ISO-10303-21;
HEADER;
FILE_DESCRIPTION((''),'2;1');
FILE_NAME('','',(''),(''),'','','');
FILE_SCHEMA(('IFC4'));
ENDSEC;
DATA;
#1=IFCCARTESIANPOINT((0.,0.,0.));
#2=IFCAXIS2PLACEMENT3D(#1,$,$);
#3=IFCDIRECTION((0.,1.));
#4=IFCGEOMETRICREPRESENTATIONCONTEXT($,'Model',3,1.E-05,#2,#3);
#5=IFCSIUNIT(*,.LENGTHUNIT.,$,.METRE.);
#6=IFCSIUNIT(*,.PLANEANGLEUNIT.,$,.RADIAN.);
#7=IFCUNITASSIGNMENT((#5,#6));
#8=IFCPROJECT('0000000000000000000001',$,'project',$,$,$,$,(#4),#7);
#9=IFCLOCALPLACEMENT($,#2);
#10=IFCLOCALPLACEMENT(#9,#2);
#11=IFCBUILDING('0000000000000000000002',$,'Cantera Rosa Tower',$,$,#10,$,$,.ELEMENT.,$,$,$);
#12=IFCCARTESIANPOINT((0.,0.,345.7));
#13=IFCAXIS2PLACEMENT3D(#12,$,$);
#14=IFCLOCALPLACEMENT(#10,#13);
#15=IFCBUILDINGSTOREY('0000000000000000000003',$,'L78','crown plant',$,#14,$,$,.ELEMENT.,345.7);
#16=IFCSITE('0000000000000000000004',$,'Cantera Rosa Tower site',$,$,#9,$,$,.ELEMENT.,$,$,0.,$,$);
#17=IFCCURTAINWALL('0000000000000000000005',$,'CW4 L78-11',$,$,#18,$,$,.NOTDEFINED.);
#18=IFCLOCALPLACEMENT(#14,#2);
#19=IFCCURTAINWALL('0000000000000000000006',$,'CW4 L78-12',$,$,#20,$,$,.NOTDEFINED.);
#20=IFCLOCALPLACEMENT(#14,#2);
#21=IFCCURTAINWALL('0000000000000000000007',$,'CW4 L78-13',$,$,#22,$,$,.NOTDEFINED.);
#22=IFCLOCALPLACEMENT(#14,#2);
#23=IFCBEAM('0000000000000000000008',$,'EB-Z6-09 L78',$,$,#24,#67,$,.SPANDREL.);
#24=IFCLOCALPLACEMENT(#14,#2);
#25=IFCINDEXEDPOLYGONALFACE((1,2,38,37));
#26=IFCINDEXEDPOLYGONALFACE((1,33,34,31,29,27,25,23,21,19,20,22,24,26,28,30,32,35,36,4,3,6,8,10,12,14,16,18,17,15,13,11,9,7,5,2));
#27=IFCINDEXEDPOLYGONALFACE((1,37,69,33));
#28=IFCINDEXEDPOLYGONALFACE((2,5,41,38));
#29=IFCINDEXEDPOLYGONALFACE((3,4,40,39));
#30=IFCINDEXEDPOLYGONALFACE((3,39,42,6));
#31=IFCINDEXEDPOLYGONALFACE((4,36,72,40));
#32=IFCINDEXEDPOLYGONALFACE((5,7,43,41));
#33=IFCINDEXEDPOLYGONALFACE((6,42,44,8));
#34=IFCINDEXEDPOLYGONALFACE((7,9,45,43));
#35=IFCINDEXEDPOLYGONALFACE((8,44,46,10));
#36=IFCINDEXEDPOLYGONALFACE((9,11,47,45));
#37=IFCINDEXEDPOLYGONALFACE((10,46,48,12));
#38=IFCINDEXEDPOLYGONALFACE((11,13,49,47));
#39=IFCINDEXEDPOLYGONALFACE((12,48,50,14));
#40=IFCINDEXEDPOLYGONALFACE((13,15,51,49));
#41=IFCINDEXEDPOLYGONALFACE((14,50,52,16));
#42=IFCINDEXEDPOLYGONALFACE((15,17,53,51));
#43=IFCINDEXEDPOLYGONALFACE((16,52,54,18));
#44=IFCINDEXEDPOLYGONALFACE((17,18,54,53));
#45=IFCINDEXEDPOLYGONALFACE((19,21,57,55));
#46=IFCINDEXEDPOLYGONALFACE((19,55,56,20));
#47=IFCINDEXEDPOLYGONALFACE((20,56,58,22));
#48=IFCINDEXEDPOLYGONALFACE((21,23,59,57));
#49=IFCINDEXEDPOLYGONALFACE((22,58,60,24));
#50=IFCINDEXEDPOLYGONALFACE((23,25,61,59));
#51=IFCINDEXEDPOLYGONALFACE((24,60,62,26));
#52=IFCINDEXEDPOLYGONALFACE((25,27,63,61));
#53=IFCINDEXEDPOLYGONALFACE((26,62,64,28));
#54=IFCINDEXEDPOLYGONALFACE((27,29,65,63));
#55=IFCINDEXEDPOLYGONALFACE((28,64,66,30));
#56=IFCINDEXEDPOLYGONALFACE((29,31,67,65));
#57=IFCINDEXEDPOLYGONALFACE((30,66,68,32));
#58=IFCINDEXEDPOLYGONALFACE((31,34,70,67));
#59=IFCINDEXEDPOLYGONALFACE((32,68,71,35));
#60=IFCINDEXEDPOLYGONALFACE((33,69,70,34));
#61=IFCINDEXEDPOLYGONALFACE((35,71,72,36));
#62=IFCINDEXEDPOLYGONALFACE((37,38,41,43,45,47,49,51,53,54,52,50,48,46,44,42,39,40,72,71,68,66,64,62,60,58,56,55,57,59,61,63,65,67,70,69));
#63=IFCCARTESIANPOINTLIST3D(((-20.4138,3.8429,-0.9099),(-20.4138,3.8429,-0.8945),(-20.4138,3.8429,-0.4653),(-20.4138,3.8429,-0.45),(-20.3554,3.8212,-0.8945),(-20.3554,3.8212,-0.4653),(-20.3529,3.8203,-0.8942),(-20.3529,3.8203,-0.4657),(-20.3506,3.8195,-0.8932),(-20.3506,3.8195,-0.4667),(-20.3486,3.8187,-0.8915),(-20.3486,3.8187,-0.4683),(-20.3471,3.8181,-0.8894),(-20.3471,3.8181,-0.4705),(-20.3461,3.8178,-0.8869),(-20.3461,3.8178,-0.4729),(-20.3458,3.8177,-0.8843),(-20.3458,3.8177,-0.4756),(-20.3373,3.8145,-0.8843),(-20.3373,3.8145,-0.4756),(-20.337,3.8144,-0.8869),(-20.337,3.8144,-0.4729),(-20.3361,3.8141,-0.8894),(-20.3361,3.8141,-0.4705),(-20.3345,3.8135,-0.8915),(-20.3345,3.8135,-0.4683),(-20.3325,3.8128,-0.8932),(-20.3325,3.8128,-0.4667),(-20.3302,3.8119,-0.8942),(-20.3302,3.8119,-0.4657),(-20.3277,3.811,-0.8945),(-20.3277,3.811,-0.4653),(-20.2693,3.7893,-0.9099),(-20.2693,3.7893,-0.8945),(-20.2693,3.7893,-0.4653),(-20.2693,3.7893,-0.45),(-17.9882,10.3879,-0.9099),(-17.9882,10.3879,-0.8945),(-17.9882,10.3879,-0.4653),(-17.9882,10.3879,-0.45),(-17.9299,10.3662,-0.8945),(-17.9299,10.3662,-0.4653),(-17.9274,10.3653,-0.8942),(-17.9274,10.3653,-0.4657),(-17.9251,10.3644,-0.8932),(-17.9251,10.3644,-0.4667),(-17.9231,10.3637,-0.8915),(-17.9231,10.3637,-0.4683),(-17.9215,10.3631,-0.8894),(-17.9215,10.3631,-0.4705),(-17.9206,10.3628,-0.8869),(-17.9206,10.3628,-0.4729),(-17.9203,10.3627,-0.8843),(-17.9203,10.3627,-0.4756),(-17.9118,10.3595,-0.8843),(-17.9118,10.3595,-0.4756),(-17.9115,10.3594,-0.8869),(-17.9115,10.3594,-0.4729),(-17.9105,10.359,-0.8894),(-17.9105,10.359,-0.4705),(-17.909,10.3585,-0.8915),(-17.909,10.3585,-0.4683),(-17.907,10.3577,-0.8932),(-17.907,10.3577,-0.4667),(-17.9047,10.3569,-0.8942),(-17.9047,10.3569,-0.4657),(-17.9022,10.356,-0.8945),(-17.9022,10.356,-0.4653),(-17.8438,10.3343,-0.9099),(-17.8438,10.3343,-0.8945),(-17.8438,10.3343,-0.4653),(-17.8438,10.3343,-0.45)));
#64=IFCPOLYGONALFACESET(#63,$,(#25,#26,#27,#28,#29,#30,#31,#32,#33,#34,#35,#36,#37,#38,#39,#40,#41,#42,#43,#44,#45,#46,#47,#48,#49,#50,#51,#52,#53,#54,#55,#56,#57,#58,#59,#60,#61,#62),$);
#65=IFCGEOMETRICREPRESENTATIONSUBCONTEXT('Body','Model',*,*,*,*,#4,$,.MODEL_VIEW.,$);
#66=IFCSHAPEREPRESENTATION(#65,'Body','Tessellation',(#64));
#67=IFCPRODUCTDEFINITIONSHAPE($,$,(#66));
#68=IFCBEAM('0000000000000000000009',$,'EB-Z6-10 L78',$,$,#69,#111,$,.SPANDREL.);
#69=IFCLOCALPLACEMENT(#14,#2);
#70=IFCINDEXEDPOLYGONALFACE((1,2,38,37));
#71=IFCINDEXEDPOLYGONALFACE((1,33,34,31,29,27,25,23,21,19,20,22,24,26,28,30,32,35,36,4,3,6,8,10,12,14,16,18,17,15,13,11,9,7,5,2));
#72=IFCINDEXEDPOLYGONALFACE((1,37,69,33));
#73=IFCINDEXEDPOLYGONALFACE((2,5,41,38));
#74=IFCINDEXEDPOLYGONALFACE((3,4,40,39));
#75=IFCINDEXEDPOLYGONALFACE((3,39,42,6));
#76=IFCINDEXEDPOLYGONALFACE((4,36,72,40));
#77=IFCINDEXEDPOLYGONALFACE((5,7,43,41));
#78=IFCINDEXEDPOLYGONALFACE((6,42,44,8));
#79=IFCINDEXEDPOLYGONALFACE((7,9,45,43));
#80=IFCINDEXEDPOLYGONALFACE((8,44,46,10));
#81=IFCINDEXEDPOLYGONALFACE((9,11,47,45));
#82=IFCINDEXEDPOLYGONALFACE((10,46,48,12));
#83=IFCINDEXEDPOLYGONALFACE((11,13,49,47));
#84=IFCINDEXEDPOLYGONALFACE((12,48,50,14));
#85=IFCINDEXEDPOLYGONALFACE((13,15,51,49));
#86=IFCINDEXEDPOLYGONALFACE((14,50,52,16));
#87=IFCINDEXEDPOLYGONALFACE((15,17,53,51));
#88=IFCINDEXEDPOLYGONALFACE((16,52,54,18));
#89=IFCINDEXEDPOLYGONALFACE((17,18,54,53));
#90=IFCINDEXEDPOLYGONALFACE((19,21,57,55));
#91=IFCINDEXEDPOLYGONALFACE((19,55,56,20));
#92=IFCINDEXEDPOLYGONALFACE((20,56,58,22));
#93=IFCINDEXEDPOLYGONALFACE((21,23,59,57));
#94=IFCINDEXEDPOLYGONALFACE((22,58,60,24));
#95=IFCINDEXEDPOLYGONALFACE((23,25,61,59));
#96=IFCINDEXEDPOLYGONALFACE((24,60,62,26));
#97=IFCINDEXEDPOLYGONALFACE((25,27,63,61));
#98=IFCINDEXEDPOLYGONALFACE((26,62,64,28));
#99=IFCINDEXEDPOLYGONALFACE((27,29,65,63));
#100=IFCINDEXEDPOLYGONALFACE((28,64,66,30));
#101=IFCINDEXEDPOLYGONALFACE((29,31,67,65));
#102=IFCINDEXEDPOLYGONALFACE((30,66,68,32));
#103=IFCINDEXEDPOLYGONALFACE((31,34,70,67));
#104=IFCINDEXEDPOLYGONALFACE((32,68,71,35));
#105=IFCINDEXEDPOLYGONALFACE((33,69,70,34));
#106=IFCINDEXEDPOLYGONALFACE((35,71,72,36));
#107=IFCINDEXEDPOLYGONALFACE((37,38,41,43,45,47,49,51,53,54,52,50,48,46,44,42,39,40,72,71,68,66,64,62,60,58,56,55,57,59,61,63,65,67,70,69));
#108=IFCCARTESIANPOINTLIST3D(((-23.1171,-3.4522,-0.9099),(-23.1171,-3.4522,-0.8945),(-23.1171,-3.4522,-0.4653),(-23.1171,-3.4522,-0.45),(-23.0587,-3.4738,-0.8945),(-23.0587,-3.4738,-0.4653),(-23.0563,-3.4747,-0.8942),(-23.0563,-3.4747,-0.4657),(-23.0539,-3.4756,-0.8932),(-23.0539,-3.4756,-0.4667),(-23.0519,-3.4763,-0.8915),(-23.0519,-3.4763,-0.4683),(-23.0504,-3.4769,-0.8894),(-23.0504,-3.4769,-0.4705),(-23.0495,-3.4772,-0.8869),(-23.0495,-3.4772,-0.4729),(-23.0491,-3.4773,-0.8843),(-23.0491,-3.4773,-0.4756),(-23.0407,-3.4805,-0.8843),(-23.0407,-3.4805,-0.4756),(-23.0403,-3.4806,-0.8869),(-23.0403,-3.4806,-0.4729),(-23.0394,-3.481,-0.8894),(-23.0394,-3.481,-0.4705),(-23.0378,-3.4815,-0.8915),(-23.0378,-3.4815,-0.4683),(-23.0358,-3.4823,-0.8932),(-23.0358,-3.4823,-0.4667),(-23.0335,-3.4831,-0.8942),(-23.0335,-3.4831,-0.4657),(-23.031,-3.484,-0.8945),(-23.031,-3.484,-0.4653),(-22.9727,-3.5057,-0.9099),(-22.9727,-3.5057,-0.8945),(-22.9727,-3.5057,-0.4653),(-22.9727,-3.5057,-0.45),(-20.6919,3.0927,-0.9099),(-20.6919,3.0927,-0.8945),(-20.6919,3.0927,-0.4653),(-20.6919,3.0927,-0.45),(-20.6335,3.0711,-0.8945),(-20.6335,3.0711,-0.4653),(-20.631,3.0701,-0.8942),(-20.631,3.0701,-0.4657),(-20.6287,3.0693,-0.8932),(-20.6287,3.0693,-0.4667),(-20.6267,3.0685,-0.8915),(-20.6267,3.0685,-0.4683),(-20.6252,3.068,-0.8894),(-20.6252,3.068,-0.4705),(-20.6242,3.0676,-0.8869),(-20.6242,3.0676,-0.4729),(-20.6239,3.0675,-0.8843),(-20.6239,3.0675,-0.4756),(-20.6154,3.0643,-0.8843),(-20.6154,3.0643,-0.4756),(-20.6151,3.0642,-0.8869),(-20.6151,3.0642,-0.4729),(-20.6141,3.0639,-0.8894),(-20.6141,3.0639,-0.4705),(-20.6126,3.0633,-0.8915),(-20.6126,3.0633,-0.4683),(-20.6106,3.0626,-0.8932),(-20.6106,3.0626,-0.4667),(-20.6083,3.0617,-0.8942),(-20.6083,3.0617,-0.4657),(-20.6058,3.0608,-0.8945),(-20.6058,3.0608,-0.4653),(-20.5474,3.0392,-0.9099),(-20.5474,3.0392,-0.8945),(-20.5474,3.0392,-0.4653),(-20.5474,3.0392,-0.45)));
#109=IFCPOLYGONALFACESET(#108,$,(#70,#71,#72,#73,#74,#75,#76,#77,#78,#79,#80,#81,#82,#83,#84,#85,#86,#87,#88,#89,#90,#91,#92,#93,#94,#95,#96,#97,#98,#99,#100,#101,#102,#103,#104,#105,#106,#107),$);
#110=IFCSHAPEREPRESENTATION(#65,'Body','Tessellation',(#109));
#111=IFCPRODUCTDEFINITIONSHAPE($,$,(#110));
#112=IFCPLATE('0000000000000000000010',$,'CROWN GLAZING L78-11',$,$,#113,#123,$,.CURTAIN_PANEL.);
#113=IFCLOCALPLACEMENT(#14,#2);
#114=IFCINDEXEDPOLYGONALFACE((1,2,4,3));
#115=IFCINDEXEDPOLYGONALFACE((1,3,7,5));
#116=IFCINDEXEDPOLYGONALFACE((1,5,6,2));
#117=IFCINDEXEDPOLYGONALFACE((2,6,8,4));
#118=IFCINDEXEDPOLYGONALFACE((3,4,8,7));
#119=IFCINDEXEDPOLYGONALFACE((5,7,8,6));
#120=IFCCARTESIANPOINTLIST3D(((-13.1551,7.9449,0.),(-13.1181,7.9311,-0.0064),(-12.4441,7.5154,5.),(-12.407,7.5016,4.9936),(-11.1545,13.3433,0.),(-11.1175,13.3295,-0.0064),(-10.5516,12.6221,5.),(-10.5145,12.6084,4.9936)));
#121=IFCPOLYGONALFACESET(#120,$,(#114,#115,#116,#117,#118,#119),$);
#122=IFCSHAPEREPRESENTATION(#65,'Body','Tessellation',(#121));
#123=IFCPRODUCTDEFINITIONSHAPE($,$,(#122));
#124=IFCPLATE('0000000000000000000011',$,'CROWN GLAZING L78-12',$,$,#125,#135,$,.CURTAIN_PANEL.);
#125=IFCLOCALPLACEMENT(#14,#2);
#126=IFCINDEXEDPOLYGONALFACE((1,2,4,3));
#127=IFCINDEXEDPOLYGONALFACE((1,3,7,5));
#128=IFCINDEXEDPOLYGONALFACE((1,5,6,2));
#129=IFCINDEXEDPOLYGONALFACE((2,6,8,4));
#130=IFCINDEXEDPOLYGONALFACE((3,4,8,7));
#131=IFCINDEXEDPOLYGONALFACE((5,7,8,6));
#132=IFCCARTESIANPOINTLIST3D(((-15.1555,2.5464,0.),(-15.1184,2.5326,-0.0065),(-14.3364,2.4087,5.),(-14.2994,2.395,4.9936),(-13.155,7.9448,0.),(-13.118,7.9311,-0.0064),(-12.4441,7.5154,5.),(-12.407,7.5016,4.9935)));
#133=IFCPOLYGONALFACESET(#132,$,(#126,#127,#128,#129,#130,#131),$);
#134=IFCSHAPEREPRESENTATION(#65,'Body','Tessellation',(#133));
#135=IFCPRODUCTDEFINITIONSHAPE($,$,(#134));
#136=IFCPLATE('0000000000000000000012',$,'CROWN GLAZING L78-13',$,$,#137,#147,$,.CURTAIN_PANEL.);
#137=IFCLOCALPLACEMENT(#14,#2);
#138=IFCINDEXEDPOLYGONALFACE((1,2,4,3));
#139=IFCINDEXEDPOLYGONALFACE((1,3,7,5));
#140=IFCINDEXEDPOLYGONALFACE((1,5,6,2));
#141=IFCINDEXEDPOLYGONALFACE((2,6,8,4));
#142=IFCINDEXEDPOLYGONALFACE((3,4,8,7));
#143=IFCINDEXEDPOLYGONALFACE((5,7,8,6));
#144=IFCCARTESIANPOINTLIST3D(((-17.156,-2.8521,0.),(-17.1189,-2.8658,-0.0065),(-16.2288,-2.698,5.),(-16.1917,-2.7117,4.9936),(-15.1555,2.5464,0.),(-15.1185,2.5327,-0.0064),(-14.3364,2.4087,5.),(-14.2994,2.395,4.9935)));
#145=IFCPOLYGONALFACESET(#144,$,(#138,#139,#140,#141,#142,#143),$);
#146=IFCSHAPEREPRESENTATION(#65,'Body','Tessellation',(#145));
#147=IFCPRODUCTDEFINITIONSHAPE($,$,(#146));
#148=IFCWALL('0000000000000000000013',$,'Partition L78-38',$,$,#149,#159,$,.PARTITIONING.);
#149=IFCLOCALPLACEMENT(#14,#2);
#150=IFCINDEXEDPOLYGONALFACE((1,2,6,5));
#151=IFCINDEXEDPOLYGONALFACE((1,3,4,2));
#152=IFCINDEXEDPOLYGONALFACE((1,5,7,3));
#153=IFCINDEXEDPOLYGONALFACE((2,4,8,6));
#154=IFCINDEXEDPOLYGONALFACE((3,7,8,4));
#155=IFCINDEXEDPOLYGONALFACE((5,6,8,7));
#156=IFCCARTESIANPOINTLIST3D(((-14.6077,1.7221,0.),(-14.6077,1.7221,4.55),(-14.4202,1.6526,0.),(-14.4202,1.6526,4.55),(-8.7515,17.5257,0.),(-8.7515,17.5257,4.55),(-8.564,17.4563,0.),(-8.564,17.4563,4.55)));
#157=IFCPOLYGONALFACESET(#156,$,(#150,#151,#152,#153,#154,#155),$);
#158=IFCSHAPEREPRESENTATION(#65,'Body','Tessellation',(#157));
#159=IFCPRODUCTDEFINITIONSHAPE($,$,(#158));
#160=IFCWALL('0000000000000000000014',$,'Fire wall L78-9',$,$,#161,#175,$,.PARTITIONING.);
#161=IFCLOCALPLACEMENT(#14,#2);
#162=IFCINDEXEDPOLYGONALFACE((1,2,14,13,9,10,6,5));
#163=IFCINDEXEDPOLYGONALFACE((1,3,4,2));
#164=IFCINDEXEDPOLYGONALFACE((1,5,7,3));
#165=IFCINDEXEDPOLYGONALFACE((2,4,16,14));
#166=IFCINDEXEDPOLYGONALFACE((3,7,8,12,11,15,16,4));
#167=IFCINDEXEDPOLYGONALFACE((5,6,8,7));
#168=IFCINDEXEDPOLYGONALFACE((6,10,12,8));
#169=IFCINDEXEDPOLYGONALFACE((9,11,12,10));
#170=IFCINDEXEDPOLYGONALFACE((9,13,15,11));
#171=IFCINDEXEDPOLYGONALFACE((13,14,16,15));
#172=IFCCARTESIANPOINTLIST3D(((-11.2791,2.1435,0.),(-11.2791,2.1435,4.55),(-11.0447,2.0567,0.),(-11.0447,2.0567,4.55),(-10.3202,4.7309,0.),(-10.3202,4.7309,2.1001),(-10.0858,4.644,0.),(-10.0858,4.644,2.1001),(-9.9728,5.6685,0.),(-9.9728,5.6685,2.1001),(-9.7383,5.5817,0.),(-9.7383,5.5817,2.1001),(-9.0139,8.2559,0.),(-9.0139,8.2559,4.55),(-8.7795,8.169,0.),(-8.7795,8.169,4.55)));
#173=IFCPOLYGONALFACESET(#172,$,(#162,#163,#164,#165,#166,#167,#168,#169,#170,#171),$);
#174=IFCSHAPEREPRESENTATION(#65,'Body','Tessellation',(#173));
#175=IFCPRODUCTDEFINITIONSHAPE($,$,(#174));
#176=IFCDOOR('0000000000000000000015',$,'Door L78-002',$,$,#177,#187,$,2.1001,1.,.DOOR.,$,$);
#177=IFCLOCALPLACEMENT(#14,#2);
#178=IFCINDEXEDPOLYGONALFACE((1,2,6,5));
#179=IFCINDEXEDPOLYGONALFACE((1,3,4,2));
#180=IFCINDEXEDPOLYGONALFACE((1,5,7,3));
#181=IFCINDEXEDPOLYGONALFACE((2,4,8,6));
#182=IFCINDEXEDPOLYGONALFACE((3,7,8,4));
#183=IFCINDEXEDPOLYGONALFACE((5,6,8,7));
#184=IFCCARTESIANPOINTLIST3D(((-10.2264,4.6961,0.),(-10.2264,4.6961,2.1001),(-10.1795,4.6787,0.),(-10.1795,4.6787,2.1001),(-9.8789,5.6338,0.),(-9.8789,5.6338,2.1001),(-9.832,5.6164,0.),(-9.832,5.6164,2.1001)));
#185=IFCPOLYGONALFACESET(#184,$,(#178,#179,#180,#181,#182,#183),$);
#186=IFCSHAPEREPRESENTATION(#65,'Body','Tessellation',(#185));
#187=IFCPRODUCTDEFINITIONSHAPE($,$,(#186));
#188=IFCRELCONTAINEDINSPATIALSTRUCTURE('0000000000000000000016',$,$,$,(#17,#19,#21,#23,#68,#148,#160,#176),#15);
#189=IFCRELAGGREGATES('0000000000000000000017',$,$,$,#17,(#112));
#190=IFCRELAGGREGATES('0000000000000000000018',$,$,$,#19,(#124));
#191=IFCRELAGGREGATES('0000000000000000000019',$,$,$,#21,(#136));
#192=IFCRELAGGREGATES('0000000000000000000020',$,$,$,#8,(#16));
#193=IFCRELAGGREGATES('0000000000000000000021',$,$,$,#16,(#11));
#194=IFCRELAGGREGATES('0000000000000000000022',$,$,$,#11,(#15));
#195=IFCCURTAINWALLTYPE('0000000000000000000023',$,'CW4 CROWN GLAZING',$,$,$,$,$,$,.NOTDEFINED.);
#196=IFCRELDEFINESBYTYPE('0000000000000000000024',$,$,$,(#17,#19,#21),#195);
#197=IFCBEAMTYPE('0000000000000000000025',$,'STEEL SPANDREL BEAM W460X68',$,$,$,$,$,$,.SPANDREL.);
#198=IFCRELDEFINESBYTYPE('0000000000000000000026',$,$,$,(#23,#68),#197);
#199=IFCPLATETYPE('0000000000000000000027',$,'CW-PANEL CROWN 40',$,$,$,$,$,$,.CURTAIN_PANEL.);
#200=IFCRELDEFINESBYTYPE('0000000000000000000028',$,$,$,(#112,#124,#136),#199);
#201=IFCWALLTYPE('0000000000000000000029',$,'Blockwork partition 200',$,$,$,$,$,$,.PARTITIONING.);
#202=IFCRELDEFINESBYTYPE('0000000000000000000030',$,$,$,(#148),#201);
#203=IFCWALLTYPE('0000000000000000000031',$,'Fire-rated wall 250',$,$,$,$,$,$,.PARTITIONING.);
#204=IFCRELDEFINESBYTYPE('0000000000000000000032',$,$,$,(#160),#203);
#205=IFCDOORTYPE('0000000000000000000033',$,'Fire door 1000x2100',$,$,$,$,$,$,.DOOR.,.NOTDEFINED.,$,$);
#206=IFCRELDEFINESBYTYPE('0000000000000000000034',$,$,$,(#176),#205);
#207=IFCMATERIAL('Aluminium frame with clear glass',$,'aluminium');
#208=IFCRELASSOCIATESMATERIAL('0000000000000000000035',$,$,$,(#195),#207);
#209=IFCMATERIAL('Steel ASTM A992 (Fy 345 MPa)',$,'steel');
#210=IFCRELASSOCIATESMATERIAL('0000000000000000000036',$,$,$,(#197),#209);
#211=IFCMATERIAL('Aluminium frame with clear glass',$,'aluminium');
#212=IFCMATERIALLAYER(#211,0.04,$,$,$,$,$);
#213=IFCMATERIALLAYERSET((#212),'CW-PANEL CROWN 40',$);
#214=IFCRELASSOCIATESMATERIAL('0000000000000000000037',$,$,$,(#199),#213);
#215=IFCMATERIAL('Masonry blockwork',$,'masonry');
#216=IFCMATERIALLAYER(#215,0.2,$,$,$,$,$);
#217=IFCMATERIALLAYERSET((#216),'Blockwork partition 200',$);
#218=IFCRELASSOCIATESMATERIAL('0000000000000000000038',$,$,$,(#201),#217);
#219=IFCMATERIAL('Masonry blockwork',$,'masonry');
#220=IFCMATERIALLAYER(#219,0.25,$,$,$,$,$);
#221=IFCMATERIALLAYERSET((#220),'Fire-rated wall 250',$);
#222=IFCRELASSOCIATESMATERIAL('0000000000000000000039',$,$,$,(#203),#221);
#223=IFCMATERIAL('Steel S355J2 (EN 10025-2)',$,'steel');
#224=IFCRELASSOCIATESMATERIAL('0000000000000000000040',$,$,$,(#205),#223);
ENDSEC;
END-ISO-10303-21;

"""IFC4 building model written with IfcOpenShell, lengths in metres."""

from ifc_helpers import new_model, si_unit, direction, frame, frame_2d, origin, origin_2d, place, context, subcontext, project, spatial, polyline, rectangle, i_section, outline, extrude, material, layer, layer_set, material_profile, profile_set, type_object, element, fill, aggregate, save


model = new_model("IFC4")

# Units and contexts
model_context = context("Model", 3, precision=1e-05, world=origin(), true_north=direction((0.0, 1.0)))
body_context = subcontext(model_context, "Body", "Model", "MODEL_VIEW")
ifc_project = project(units=[si_unit("LENGTHUNIT", "METRE"), si_unit("PLANEANGLEUNIT", "RADIAN")], contexts=[model_context])

# Site, building, storey
site_placement = place(None, origin())
site = spatial("IfcSite", under=ifc_project, at=site_placement, Name="Cantera Rosa Tower site", CompositionType="ELEMENT", RefElevation=0.0)
building_placement = place(site_placement, origin())
building = spatial("IfcBuilding", under=site, at=building_placement, Name="Cantera Rosa Tower", CompositionType="ELEMENT")
storey_placement = place(building_placement, frame((0.0, 0.0, 345.7)))
storey = spatial("IfcBuildingStorey", under=building, at=storey_placement, Name="L78", Description="crown plant", CompositionType="ELEMENT", Elevation=345.7)

# Curtain walls
ifc_material_1 = material(Name="Aluminium frame with clear glass", Category="aluminium")
curtain_wall_type = type_object("IfcCurtainWallType", Name="CW4 CROWN GLAZING", PredefinedType="NOTDEFINED", material=ifc_material_1)
curtain_wall_1_placement = place(storey_placement, origin())
curtain_wall_1 = element("IfcCurtainWall", 1, at=curtain_wall_1_placement, inside=storey, type_object=curtain_wall_type, Name="CW4 L78-11", PredefinedType="NOTDEFINED")
curtain_wall_2_placement = place(storey_placement, origin())
curtain_wall_2 = element("IfcCurtainWall", 2, at=curtain_wall_2_placement, inside=storey, type_object=curtain_wall_type, Name="CW4 L78-12", PredefinedType="NOTDEFINED")
curtain_wall_3_placement = place(storey_placement, origin())
curtain_wall_3 = element("IfcCurtainWall", 3, at=curtain_wall_3_placement, inside=storey, type_object=curtain_wall_type, Name="CW4 L78-13", PredefinedType="NOTDEFINED")

# Beams
ifc_material_2 = material(Name="Steel ASTM A992 (Fy 345 MPa)", Category="steel")
ifc_material_profile_1 = material_profile(ifc_material_2, i_section(OverallWidth=0.1541, OverallDepth=0.46, WebThickness=0.009, FlangeThickness=0.0154, FilletRadius=0.0103, at=origin_2d()), Name="W460X68")
ifc_profile_set_1 = profile_set([ifc_material_profile_1], Name="Steel ASTM A992 (Fy 345 MPa)")
beam_type_1 = type_object("IfcBeamType", Name="STEEL SPANDREL BEAM W460X68", PredefinedType="SPANDREL", material=ifc_profile_set_1)
beam_1_placement = place(storey_placement, frame((-17.916, 10.3611, -0.6799), z_axis=(-0.347502, -0.937679, 0.0), x_axis=(0.937679, -0.347502, 0.0)))
element("IfcBeam", 4, at=beam_1_placement, inside=storey, type_object=beam_type_1, Name="EB-Z6-09 L78", PredefinedType="SPANDREL", context=body_context, shape_type="SweptSolid", body=[
    extrude(i_section(OverallWidth=0.1541, OverallDepth=0.46, WebThickness=0.009, FlangeThickness=0.0154, FilletRadius=0.0103, at=origin_2d()), origin(), (0.0, 0.0, 1.0), 6.98),
])
beam_2_placement = place(storey_placement, frame((-20.6196, 3.0659, -0.6799), z_axis=(-0.347472, -0.937691, 0.0), x_axis=(0.937691, -0.347472, 0.0)))
element("IfcBeam", 5, at=beam_2_placement, inside=storey, type_object=beam_type_1, Name="EB-Z6-10 L78", PredefinedType="SPANDREL", context=body_context, shape_type="SweptSolid", body=[
    extrude(i_section(OverallWidth=0.1541, OverallDepth=0.46, WebThickness=0.009, FlangeThickness=0.0154, FilletRadius=0.0103, at=origin_2d()), origin(), (0.0, 0.0, 1.0), 6.9797),
])

# Plates
ifc_material_3 = material(Name="Aluminium frame with clear glass", Category="aluminium")
ifc_layer_1 = layer(ifc_material_3, 0.04)
ifc_layer_set_1 = layer_set([ifc_layer_1], Name="CW-PANEL CROWN 40")
plate_type = type_object("IfcPlateType", Name="CW-PANEL CROWN 40", PredefinedType="CURTAIN_PANEL", material=ifc_layer_set_1)
plate_1_placement = place(storey_placement, frame((-11.1545, 13.3433, 0.0), z_axis=(-0.92544, 0.342956, 0.161061), x_axis=(-0.347493, -0.937683, 0.000003)))
plate_1 = element("IfcPlate", 6, at=plate_1_placement, type_object=plate_type, Name="CROWN GLAZING L78-11", PredefinedType="CURTAIN_PANEL", context=body_context, shape_type="SweptSolid", body=[
    extrude(outline(polyline([(0.0, 0.0), (5.7572, 0.0), (5.9128, 5.0661), (0.4667, 5.0662), (0.0, 0.0)])), origin(), (0.0, 0.0, -1.0), 0.04),
])
plate_2_placement = place(storey_placement, frame((-13.155, 7.9448, 0.0), z_axis=(-0.92545, 0.342938, 0.161046), x_axis=(-0.347474, -0.93769, -0.000001)))
plate_2 = element("IfcPlate", 7, at=plate_2_placement, type_object=plate_type, Name="CROWN GLAZING L78-12", PredefinedType="CURTAIN_PANEL", context=body_context, shape_type="SweptSolid", body=[
    extrude(outline(polyline([(0.0, 0.0), (5.7572, 0.0), (5.6017, 5.0661), (0.1556, 5.0661), (0.0, 0.0)])), origin(), (0.0, 0.0, -1.0), 0.04),
])
plate_3_placement = place(storey_placement, frame((-15.1555, 2.5464, 0.0), z_axis=(-0.925449, 0.342938, 0.161054), x_axis=(-0.347474, -0.93769, -0.000001)))
plate_3 = element("IfcPlate", 8, at=plate_3_placement, type_object=plate_type, Name="CROWN GLAZING L78-13", PredefinedType="CURTAIN_PANEL", context=body_context, shape_type="SweptSolid", body=[
    extrude(outline(polyline([(0.0, 0.0), (5.7572, 0.0), (5.2905, 5.0661), (-0.1555, 5.0661), (0.0, 0.0)])), origin(), (0.0, 0.0, -1.0), 0.04),
])

# Wall
ifc_material_4 = material(Name="Masonry blockwork", Category="masonry")
ifc_layer_2 = layer(ifc_material_4, 0.2)
ifc_layer_set_2 = layer_set([ifc_layer_2], Name="Blockwork partition 200")
wall_type_1 = type_object("IfcWallType", Name="Blockwork partition 200", PredefinedType="PARTITIONING", material=ifc_layer_set_2)
wall_1_placement = place(storey_placement, frame((-14.5139, 1.6875, 0.0), z_axis=(0.0, 0.0, 1.0), x_axis=(0.34747, 0.937691, 0.0)))
element("IfcWall", 9, at=wall_1_placement, inside=storey, type_object=wall_type_1, Name="Partition L78-38", PredefinedType="PARTITIONING", context=body_context, shape_type="SweptSolid", body=[
    extrude(rectangle(XDim=16.8538, YDim=0.2, at=frame_2d((8.4268, 0.0))), origin(), (0.0, 0.0, 1.0), 4.55),
])

# Wall, opening, door
ifc_material_5 = material(Name="Masonry blockwork", Category="masonry")
ifc_layer_3 = layer(ifc_material_5, 0.25)
ifc_layer_set_3 = layer_set([ifc_layer_3], Name="Fire-rated wall 250")
wall_type_2 = type_object("IfcWallType", Name="Fire-rated wall 250", PredefinedType="PARTITIONING", material=ifc_layer_set_3)
wall_2_placement = place(storey_placement, frame((-11.1619, 2.1001, 0.0), z_axis=(0.0, 0.0, 1.0), x_axis=(0.347492, 0.937683, 0.0)))
wall_2 = element("IfcWall", 10, at=wall_2_placement, inside=storey, type_object=wall_type_2, Name="Fire wall L78-9", PredefinedType="PARTITIONING", context=body_context, shape_type="SweptSolid", body=[
    extrude(rectangle(XDim=6.5186, YDim=0.25, at=frame_2d((3.2593, 0.0))), origin(), (0.0, 0.0, 1.0), 4.55),
])
opening_placement = place(wall_2_placement, frame((2.7593, 0.0, 0.0)))
opening = element("IfcOpeningElement", 11, at=opening_placement, cuts=wall_2, PredefinedType="OPENING", context=body_context, shape_type="SweptSolid", body=[
    extrude(rectangle(XDim=1.0, YDim=2.1001, at=frame_2d((0.5, 1.05))), frame((0.0, 0.135, 0.0), z_axis=(0.0, -1.0, 0.0), x_axis=(1.0, 0.0, 0.0)), (0.0, 0.0, 1.0), 0.27),
])
ifc_material_6 = material(Name="Steel S355J2 (EN 10025-2)", Category="steel")
door_type = type_object("IfcDoorType", Name="Fire door 1000x2100", OperationType="NOTDEFINED", PredefinedType="DOOR", material=ifc_material_6)
door_placement = place(opening_placement, origin())
door = element("IfcDoor", 12, at=door_placement, inside=storey, type_object=door_type, Name="Door L78-002", OverallHeight=2.1001, OverallWidth=1.0, PredefinedType="DOOR", context=body_context, shape_type="SweptSolid", body=[
    extrude(rectangle(XDim=1.0, YDim=2.1001, at=frame_2d((0.5, 1.05))), frame((0.0, 0.0249, 0.0), z_axis=(0.0, -1.0, 0.0), x_axis=(1.0, 0.0, 0.0)), (0.0, 0.0, 1.0), 0.05),
])
fill(opening, door)

aggregate(curtain_wall_1, [plate_1])
aggregate(curtain_wall_2, [plate_2])
aggregate(curtain_wall_3, [plate_3])

save(model, "model.ifc")
